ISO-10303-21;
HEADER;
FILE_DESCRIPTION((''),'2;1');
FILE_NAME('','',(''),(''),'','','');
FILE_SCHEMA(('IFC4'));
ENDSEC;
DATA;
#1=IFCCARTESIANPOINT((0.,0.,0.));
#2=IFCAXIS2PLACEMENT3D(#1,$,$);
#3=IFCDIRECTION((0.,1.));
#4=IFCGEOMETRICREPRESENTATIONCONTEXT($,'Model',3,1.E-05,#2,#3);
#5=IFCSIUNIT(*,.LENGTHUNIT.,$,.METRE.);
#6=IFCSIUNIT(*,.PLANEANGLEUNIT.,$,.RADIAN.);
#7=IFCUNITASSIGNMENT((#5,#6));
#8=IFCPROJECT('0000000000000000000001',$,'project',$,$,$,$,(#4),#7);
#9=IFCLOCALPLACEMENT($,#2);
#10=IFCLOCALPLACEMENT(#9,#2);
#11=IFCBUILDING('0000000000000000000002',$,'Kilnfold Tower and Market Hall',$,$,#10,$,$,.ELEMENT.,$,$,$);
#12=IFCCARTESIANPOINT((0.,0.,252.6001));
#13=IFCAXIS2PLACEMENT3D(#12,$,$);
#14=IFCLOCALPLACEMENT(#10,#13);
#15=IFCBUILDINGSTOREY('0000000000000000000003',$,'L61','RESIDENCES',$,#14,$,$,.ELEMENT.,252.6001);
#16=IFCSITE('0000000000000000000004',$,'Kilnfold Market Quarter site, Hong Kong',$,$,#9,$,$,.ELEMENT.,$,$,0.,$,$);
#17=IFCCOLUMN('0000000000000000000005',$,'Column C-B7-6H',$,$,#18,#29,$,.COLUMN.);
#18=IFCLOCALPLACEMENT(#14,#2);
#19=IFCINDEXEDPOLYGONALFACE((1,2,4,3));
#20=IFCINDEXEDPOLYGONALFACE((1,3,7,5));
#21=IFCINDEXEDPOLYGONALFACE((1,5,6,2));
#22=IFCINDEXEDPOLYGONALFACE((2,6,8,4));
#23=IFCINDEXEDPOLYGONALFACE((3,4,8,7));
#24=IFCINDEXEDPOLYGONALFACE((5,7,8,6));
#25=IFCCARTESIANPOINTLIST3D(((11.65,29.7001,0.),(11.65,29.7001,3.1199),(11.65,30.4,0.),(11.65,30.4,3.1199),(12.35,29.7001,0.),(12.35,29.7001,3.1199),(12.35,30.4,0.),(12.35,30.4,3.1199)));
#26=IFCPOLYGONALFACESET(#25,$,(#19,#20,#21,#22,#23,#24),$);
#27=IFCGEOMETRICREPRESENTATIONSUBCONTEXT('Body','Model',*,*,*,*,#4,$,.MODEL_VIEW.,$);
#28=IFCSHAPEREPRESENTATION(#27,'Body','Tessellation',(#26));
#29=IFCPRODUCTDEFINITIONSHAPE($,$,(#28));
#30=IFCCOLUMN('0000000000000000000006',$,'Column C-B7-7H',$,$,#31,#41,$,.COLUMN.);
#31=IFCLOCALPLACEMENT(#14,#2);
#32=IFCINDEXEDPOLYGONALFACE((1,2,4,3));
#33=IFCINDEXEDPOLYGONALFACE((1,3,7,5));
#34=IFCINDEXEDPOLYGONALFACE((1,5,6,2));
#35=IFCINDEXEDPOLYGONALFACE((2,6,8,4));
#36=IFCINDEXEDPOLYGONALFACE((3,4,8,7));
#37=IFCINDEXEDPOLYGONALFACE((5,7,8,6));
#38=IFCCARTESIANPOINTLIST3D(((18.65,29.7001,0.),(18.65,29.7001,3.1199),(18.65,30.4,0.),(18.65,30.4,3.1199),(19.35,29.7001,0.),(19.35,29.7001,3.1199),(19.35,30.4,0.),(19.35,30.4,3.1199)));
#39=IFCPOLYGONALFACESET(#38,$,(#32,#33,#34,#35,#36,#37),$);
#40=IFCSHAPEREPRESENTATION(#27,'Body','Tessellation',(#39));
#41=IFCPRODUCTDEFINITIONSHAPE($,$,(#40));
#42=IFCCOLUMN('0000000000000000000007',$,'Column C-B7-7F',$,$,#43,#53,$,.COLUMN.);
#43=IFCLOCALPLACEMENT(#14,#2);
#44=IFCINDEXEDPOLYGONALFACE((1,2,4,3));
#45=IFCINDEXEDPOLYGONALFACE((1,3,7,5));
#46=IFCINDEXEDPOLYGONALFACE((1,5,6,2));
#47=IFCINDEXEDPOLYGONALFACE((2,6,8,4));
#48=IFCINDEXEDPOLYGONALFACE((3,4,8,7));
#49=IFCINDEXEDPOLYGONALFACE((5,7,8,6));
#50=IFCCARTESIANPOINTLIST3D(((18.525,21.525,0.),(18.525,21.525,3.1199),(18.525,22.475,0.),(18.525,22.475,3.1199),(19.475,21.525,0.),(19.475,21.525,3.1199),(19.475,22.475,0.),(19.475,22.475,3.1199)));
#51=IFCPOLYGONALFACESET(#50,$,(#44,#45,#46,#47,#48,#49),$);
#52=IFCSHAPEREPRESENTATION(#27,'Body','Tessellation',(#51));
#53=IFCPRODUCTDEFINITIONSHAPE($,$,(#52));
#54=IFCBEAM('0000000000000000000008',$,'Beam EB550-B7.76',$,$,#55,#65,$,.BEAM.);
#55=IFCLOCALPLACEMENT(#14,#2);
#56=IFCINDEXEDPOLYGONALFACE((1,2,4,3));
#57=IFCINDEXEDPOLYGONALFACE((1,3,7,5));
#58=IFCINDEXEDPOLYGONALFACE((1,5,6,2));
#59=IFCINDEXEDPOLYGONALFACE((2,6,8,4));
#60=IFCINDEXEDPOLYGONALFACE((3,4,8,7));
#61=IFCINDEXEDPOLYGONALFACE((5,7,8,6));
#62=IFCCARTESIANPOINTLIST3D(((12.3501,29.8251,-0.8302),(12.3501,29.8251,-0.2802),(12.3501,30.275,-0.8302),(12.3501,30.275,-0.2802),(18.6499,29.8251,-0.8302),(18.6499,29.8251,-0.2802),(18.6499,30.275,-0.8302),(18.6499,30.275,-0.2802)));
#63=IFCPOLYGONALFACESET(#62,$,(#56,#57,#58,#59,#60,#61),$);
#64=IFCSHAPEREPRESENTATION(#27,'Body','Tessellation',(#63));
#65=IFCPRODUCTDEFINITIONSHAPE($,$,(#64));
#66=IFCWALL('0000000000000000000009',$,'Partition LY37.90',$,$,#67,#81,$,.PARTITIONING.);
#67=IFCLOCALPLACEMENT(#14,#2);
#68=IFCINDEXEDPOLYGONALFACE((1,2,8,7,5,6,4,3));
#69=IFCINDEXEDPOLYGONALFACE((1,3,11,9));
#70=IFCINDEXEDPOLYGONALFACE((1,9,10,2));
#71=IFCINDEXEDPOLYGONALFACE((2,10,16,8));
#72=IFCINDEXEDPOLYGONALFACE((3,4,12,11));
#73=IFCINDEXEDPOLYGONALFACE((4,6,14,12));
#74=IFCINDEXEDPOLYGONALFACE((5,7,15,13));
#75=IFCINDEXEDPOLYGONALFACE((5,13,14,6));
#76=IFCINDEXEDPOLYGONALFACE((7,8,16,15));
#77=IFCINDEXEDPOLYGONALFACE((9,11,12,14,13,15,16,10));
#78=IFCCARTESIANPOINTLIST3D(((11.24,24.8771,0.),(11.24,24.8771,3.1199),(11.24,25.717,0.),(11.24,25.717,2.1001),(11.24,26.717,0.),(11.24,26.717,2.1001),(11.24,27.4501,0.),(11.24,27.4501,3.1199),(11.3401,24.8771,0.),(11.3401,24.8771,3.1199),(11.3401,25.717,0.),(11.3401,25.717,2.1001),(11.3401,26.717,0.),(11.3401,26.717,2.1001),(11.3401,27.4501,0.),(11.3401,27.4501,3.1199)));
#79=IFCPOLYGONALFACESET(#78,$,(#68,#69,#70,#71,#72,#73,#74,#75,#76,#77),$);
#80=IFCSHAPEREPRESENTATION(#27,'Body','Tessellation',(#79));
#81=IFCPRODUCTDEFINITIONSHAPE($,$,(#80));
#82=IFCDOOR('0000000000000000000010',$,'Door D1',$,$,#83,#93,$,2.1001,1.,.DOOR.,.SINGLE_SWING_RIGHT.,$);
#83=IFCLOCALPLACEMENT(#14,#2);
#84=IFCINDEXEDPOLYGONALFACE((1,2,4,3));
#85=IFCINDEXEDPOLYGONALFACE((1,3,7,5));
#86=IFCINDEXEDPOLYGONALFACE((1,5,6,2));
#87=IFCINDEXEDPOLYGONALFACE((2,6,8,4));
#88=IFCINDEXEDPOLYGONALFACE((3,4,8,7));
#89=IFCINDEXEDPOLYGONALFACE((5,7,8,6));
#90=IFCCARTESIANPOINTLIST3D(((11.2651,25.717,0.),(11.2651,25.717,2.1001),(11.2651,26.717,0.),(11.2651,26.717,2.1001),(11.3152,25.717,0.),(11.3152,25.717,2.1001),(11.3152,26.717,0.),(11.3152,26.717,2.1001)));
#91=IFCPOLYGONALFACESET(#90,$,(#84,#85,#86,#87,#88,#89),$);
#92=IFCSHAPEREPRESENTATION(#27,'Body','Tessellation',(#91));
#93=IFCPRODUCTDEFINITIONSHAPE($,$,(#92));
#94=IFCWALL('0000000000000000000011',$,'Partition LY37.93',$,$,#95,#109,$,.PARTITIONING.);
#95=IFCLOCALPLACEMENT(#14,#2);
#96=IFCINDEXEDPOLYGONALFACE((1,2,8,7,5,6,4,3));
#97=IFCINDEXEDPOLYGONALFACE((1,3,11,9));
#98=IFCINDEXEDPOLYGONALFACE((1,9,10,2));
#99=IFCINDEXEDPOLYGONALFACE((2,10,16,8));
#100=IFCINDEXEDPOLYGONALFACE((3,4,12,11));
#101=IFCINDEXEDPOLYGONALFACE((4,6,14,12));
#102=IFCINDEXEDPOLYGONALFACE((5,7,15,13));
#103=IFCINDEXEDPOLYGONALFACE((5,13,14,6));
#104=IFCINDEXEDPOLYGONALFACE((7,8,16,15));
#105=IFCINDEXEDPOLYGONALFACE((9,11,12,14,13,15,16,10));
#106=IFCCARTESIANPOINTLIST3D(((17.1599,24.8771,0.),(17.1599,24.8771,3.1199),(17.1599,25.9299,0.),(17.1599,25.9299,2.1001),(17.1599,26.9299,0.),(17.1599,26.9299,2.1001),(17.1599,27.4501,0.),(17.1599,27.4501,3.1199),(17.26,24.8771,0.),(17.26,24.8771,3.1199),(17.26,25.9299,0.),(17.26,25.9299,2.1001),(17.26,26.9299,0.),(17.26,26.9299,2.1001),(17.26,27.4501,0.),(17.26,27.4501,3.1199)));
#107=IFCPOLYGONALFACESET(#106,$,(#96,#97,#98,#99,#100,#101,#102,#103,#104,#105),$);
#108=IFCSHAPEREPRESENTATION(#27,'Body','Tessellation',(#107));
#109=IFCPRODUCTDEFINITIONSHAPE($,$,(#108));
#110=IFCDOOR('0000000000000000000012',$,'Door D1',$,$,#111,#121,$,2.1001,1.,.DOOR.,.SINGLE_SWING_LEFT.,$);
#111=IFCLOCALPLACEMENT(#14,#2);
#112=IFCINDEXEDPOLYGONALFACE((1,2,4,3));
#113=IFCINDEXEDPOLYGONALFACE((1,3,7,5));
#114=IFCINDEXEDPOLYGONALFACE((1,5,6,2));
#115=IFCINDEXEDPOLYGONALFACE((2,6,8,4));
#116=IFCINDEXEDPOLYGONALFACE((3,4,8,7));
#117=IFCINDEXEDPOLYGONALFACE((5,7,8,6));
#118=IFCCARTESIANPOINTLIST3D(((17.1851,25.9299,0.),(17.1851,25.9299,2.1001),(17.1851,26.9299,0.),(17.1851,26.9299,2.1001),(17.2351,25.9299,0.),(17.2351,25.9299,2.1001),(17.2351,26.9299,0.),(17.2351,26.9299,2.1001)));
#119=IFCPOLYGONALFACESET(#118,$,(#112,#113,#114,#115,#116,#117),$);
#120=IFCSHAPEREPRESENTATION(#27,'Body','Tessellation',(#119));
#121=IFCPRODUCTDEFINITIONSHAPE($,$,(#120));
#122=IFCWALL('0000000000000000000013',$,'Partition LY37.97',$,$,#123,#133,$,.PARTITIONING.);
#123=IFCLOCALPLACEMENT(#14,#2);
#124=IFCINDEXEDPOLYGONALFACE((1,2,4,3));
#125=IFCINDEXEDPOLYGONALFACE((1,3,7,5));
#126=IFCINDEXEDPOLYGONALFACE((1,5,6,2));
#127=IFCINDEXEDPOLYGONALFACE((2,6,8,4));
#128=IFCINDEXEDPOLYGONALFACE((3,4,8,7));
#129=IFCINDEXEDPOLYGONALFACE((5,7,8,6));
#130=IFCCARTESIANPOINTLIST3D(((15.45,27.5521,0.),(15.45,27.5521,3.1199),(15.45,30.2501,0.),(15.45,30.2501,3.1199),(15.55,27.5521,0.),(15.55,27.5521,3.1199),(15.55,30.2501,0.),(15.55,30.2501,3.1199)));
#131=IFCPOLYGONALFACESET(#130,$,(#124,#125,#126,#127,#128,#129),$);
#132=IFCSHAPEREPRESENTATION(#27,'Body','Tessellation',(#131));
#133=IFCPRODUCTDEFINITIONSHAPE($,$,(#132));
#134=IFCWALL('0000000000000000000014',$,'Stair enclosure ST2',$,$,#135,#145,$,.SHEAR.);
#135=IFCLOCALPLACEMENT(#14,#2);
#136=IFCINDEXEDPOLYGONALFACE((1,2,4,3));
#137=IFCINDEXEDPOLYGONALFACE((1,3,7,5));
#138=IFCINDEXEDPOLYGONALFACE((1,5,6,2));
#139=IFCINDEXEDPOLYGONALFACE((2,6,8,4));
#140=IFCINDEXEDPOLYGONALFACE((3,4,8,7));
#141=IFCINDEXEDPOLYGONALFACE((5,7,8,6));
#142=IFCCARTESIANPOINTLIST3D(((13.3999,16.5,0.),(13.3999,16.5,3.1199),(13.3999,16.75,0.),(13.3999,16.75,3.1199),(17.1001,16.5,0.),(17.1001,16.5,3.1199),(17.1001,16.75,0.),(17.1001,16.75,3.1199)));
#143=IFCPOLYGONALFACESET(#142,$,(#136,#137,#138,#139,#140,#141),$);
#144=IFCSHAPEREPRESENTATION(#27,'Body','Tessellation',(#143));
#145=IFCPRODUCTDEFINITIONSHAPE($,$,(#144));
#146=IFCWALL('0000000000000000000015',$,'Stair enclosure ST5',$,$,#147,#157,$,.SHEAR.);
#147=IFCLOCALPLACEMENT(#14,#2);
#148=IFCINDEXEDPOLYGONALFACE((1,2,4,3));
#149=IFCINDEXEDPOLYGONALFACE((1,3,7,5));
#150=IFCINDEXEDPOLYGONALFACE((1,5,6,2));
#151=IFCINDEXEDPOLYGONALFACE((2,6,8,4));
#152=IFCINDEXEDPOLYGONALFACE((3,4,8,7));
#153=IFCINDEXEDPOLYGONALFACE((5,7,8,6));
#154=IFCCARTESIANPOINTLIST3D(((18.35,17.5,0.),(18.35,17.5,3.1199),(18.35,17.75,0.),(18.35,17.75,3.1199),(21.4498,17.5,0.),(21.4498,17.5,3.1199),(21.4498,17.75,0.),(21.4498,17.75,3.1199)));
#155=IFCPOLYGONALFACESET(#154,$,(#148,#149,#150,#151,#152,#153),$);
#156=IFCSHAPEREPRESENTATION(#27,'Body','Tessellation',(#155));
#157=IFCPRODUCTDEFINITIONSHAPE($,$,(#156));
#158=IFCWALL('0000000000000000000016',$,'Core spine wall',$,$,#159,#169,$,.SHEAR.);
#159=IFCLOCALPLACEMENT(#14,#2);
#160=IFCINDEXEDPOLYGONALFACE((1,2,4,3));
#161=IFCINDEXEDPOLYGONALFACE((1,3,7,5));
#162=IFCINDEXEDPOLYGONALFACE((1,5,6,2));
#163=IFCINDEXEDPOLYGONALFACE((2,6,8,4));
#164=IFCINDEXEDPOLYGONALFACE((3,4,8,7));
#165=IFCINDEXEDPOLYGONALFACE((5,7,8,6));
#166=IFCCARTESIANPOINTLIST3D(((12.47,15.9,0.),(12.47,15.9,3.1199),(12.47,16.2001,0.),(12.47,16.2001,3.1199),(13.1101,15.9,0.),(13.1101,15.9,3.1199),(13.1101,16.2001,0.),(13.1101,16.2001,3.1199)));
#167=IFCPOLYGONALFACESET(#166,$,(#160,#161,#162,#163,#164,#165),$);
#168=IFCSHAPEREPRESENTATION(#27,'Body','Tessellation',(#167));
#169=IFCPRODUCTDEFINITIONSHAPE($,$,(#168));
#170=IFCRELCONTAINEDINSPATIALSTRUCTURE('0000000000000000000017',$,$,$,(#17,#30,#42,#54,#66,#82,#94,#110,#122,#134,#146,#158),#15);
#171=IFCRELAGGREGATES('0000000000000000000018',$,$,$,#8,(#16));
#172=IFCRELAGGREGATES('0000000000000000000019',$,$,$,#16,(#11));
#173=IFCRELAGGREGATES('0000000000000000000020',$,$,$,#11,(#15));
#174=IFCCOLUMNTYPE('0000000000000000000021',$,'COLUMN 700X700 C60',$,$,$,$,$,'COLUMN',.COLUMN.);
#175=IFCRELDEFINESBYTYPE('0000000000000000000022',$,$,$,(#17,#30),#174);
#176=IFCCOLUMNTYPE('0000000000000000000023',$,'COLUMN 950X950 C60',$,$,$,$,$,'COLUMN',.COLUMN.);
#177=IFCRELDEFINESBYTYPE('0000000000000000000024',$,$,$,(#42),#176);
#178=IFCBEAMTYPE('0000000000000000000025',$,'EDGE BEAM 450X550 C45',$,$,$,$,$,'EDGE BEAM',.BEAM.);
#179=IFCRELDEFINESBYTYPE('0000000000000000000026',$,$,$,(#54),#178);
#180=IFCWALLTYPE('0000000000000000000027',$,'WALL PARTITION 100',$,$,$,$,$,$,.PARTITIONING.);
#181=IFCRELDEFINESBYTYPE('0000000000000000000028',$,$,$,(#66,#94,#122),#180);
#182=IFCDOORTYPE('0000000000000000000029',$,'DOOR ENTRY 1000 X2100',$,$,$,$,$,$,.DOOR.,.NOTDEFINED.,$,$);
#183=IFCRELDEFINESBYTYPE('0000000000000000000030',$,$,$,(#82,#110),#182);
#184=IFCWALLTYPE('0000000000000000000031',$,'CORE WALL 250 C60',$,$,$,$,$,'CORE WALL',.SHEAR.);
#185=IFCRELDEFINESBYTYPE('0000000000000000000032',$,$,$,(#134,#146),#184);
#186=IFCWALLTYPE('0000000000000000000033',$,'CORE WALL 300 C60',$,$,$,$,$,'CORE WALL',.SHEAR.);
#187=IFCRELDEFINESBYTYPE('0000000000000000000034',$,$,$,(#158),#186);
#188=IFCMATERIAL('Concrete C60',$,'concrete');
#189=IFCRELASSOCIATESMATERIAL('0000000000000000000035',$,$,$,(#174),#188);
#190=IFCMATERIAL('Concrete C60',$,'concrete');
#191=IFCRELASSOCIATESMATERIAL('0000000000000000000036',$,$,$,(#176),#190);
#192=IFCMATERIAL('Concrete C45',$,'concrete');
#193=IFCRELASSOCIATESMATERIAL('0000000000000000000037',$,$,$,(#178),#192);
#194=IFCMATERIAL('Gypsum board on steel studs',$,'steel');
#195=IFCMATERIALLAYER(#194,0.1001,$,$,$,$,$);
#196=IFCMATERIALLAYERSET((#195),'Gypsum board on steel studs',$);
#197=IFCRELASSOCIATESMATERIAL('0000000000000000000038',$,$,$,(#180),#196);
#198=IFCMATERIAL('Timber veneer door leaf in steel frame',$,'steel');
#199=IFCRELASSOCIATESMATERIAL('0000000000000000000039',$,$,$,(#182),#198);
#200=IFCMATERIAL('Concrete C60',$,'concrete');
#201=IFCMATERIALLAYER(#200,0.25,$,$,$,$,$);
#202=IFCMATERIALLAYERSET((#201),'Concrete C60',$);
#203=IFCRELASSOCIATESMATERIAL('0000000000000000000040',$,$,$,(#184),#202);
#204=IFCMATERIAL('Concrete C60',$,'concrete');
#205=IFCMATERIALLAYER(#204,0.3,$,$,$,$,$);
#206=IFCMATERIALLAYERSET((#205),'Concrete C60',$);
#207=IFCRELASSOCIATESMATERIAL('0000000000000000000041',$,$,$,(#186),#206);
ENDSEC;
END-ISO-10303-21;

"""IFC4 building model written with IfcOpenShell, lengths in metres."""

from ifc_helpers import new_model, si_unit, direction, frame, frame_2d, origin, origin_2d, place, context, subcontext, project, spatial, rectangle, extrude, source, transform, mapped, material, layer, layer_set, material_profile, profile_set, type_object, element, fill, save


model = new_model("IFC4")

# Units and contexts
model_context = context("Model", 3, precision=1e-05, world=origin(), true_north=direction((0.0, 1.0)))
body_context = subcontext(model_context, "Body", "Model", "MODEL_VIEW")
ifc_project = project(units=[si_unit("LENGTHUNIT", "METRE"), si_unit("PLANEANGLEUNIT", "RADIAN")], contexts=[model_context])

# Site, building, storey
site_placement = place(None, origin())
site = spatial("IfcSite", under=ifc_project, at=site_placement, Name="Kilnfold Market Quarter site, Hong Kong", CompositionType="ELEMENT", RefElevation=0.0)
building_placement = place(site_placement, origin())
building = spatial("IfcBuilding", under=site, at=building_placement, Name="Kilnfold Tower and Market Hall", CompositionType="ELEMENT")
storey_placement = place(building_placement, frame((0.0, 0.0, 252.6001)))
storey = spatial("IfcBuildingStorey", under=building, at=storey_placement, Name="L61", Description="RESIDENCES", CompositionType="ELEMENT", Elevation=252.6001)

# Columns
ifc_material_1 = material(Name="Concrete C60", Category="concrete")
ifc_material_profile_1 = material_profile(ifc_material_1, rectangle(XDim=0.7, YDim=0.7, at=origin_2d()), Name="RC 700x700")
ifc_profile_set_1 = profile_set([ifc_material_profile_1], Name="Concrete C60")
column_type_1 = type_object("IfcColumnType", Name="COLUMN 700X700 C60", ElementType="COLUMN", PredefinedType="COLUMN", material=ifc_profile_set_1)
shared_shape_1 = source(origin(), body_context, "Body", "SweptSolid", [
    extrude(rectangle(XDim=0.7, YDim=0.7, at=origin_2d()), origin(), (0.0, 0.0, 1.0), 3.1199),
])
for number, where, z_axis, x_axis, name in (
    (1, (12.0, 30.05, 0.0), (0.0, 0.0, 1.0), (1.0, 0.0, 0.0), "Column C-B7-6H"),
    (2, (19.0, 30.05, 0.0), (0.0, 0.0, 1.0), (1.0, 0.0, 0.0), "Column C-B7-7H"),
):
    element("IfcColumn", number, at=place(storey_placement, frame(where, z_axis=z_axis, x_axis=x_axis)), inside=storey, type_object=column_type_1, Name=name, PredefinedType="COLUMN", context=body_context, shape_type="MappedRepresentation", body=[
        mapped(shared_shape_1, transform((0.0, 0.0, 0.0))),
    ])
ifc_material_2 = material(Name="Concrete C60", Category="concrete")
ifc_material_profile_2 = material_profile(ifc_material_2, rectangle(XDim=0.95, YDim=0.95, at=origin_2d()), Name="RC 950x950")
ifc_profile_set_2 = profile_set([ifc_material_profile_2], Name="Concrete C60")
column_type_2 = type_object("IfcColumnType", Name="COLUMN 950X950 C60", ElementType="COLUMN", PredefinedType="COLUMN", material=ifc_profile_set_2)
shared_shape_2 = source(origin(), body_context, "Body", "SweptSolid", [
    extrude(rectangle(XDim=0.95, YDim=0.95, at=origin_2d()), origin(), (0.0, 0.0, 1.0), 3.1199),
])
column_placement = place(storey_placement, frame((19.0, 22.0, 0.0), z_axis=(0.0, 0.0, 1.0), x_axis=(1.0, 0.0, 0.0)))
element("IfcColumn", 3, at=column_placement, inside=storey, type_object=column_type_2, Name="Column C-B7-7F", PredefinedType="COLUMN", context=body_context, shape_type="MappedRepresentation", body=[
    mapped(shared_shape_2, transform((0.0, 0.0, 0.0))),
])

# Beam
ifc_material_3 = material(Name="Concrete C45", Category="concrete")
ifc_material_profile_3 = material_profile(ifc_material_3, rectangle(XDim=0.45, YDim=0.55, at=origin_2d()), Name="RC 450x550")
ifc_profile_set_3 = profile_set([ifc_material_profile_3], Name="Concrete C45")
beam_type = type_object("IfcBeamType", Name="EDGE BEAM 450X550 C45", ElementType="EDGE BEAM", PredefinedType="BEAM", material=ifc_profile_set_3)
shared_shape_3 = source(origin(), body_context, "Body", "SweptSolid", [
    extrude(rectangle(XDim=0.45, YDim=0.55, at=origin_2d()), origin(), (0.0, 0.0, 1.0), 6.2998),
])
beam_placement = place(storey_placement, frame((12.3501, 30.05, -0.5552), z_axis=(1.0, 0.0, 0.0), x_axis=(0.0, 1.0, 0.0)))
element("IfcBeam", 4, at=beam_placement, inside=storey, type_object=beam_type, Name="Beam EB550-B7.76", PredefinedType="BEAM", context=body_context, shape_type="MappedRepresentation", body=[
    mapped(shared_shape_3, transform((0.0, 0.0, 0.0))),
])

# Walls, openings, doors
ifc_material_4 = material(Name="Gypsum board on steel studs", Category="steel")
ifc_layer_1 = layer(ifc_material_4, 0.1001)
ifc_layer_set_1 = layer_set([ifc_layer_1], Name="Gypsum board on steel studs")
wall_type_1 = type_object("IfcWallType", Name="WALL PARTITION 100", PredefinedType="PARTITIONING", material=ifc_layer_set_1)
wall_1_placement = place(storey_placement, frame((11.29, 24.877, 0.0), z_axis=(0.0, 0.0, 1.0), x_axis=(0.0, 1.0, 0.0)))
wall_1 = element("IfcWall", 5, at=wall_1_placement, inside=storey, type_object=wall_type_1, Name="Partition LY37.90", PredefinedType="PARTITIONING", context=body_context, shape_type="SweptSolid", body=[
    extrude(rectangle(XDim=2.573, YDim=0.1001, at=frame_2d((1.2866, 0.0))), origin(), (0.0, 0.0, 1.0), 3.1199),
])
opening_1_placement = place(wall_1_placement, frame((0.8401, 0.0, 0.0)))
opening_1 = element("IfcOpeningElement", 6, at=opening_1_placement, cuts=wall_1, PredefinedType="OPENING", context=body_context, shape_type="SweptSolid", body=[
    extrude(rectangle(XDim=1.0, YDim=2.1001, at=frame_2d((0.5, 1.05))), frame((0.0, 0.0601, 0.0), z_axis=(0.0, -1.0, 0.0), x_axis=(1.0, 0.0, 0.0)), (0.0, 0.0, 1.0), 0.1201),
])
ifc_material_5 = material(Name="Timber veneer door leaf in steel frame", Category="steel")
door_type_1 = type_object("IfcDoorType", Name="DOOR ENTRY 1000 X2100", OperationType="NOTDEFINED", PredefinedType="DOOR", material=ifc_material_5)
door_1_placement = place(opening_1_placement, origin())
door_1 = element("IfcDoor", 7, at=door_1_placement, inside=storey, type_object=door_type_1, Name="Door D1", OperationType="SINGLE_SWING_RIGHT", OverallHeight=2.1001, OverallWidth=1.0, PredefinedType="DOOR", context=body_context, shape_type="SweptSolid", body=[
    extrude(rectangle(XDim=1.0, YDim=2.1001, at=frame_2d((0.5, 1.05))), frame((0.0, 0.0249, 0.0), z_axis=(0.0, -1.0, 0.0), x_axis=(1.0, 0.0, 0.0)), (0.0, 0.0, 1.0), 0.05),
])
fill(opening_1, door_1)
wall_2_placement = place(storey_placement, frame((17.21, 24.877, 0.0), z_axis=(0.0, 0.0, 1.0), x_axis=(0.0, 1.0, 0.0)))
wall_2 = element("IfcWall", 8, at=wall_2_placement, inside=storey, type_object=wall_type_1, Name="Partition LY37.93", PredefinedType="PARTITIONING", context=body_context, shape_type="SweptSolid", body=[
    extrude(rectangle(XDim=2.573, YDim=0.1001, at=frame_2d((1.2866, 0.0))), origin(), (0.0, 0.0, 1.0), 3.1199),
])
opening_2_placement = place(wall_2_placement, frame((1.053, 0.0, 0.0)))
opening_2 = element("IfcOpeningElement", 9, at=opening_2_placement, cuts=wall_2, PredefinedType="OPENING", context=body_context, shape_type="SweptSolid", body=[
    extrude(rectangle(XDim=1.0, YDim=2.1001, at=frame_2d((0.5, 1.05))), frame((0.0, 0.0601, 0.0), z_axis=(0.0, -1.0, 0.0), x_axis=(1.0, 0.0, 0.0)), (0.0, 0.0, 1.0), 0.1201),
])
door_2_placement = place(opening_2_placement, origin())
door_2 = element("IfcDoor", 10, at=door_2_placement, inside=storey, type_object=door_type_1, Name="Door D1", OperationType="SINGLE_SWING_LEFT", OverallHeight=2.1001, OverallWidth=1.0, PredefinedType="DOOR", context=body_context, shape_type="SweptSolid", body=[
    extrude(rectangle(XDim=1.0, YDim=2.1001, at=frame_2d((0.5, 1.05))), frame((0.0, 0.0249, 0.0), z_axis=(0.0, -1.0, 0.0), x_axis=(1.0, 0.0, 0.0)), (0.0, 0.0, 1.0), 0.05),
])
fill(opening_2, door_2)

# Walls
wall_3_placement = place(storey_placement, frame((15.5, 27.552, 0.0), z_axis=(0.0, 0.0, 1.0), x_axis=(0.0, 1.0, 0.0)))
element("IfcWall", 11, at=wall_3_placement, inside=storey, type_object=wall_type_1, Name="Partition LY37.97", PredefinedType="PARTITIONING", context=body_context, shape_type="SweptSolid", body=[
    extrude(rectangle(XDim=2.698, YDim=0.1001, at=frame_2d((1.3491, 0.0))), origin(), (0.0, 0.0, 1.0), 3.1199),
])
ifc_material_6 = material(Name="Concrete C60", Category="concrete")
ifc_layer_2 = layer(ifc_material_6, 0.25)
ifc_layer_set_2 = layer_set([ifc_layer_2], Name="Concrete C60")
wall_type_2 = type_object("IfcWallType", Name="CORE WALL 250 C60", ElementType="CORE WALL", PredefinedType="SHEAR", material=ifc_layer_set_2)
shared_shape_4 = source(origin(), body_context, "Body", "SweptSolid", [
    extrude(rectangle(XDim=3.7002, YDim=0.25, at=frame_2d((1.8501, 0.0))), origin(), (0.0, 0.0, 1.0), 3.1199),
])
wall_4_placement = place(storey_placement, frame((13.3999, 16.625, 0.0), z_axis=(0.0, 0.0, 1.0), x_axis=(1.0, 0.0, 0.0)))
element("IfcWall", 12, at=wall_4_placement, inside=storey, type_object=wall_type_2, Name="Stair enclosure ST2", PredefinedType="SHEAR", context=body_context, shape_type="MappedRepresentation", body=[
    mapped(shared_shape_4, transform((0.0, 0.0, 0.0))),
])
shared_shape_5 = source(origin(), body_context, "Body", "SweptSolid", [
    extrude(rectangle(XDim=3.0999, YDim=0.25, at=frame_2d((1.5498, 0.0))), origin(), (0.0, 0.0, 1.0), 3.1199),
])
wall_5_placement = place(storey_placement, frame((18.3501, 17.625, 0.0), z_axis=(0.0, 0.0, 1.0), x_axis=(1.0, 0.0, 0.0)))
element("IfcWall", 13, at=wall_5_placement, inside=storey, type_object=wall_type_2, Name="Stair enclosure ST5", PredefinedType="SHEAR", context=body_context, shape_type="MappedRepresentation", body=[
    mapped(shared_shape_5, transform((0.0, 0.0, 0.0))),
])
ifc_material_7 = material(Name="Concrete C60", Category="concrete")
ifc_layer_3 = layer(ifc_material_7, 0.3)
ifc_layer_set_3 = layer_set([ifc_layer_3], Name="Concrete C60")
wall_type_3 = type_object("IfcWallType", Name="CORE WALL 300 C60", ElementType="CORE WALL", PredefinedType="SHEAR", material=ifc_layer_set_3)
shared_shape_6 = source(origin(), body_context, "Body", "SweptSolid", [
    extrude(rectangle(XDim=0.6401, YDim=0.3, at=frame_2d((0.3201, 0.0))), origin(), (0.0, 0.0, 1.0), 3.1199),
])
wall_6_placement = place(storey_placement, frame((12.47, 16.05, 0.0), z_axis=(0.0, 0.0, 1.0), x_axis=(1.0, 0.0, 0.0)))
element("IfcWall", 14, at=wall_6_placement, inside=storey, type_object=wall_type_3, Name="Core spine wall", PredefinedType="SHEAR", context=body_context, shape_type="MappedRepresentation", body=[
    mapped(shared_shape_6, transform((0.0, 0.0, 0.0))),
])

save(model, "model.ifc")
